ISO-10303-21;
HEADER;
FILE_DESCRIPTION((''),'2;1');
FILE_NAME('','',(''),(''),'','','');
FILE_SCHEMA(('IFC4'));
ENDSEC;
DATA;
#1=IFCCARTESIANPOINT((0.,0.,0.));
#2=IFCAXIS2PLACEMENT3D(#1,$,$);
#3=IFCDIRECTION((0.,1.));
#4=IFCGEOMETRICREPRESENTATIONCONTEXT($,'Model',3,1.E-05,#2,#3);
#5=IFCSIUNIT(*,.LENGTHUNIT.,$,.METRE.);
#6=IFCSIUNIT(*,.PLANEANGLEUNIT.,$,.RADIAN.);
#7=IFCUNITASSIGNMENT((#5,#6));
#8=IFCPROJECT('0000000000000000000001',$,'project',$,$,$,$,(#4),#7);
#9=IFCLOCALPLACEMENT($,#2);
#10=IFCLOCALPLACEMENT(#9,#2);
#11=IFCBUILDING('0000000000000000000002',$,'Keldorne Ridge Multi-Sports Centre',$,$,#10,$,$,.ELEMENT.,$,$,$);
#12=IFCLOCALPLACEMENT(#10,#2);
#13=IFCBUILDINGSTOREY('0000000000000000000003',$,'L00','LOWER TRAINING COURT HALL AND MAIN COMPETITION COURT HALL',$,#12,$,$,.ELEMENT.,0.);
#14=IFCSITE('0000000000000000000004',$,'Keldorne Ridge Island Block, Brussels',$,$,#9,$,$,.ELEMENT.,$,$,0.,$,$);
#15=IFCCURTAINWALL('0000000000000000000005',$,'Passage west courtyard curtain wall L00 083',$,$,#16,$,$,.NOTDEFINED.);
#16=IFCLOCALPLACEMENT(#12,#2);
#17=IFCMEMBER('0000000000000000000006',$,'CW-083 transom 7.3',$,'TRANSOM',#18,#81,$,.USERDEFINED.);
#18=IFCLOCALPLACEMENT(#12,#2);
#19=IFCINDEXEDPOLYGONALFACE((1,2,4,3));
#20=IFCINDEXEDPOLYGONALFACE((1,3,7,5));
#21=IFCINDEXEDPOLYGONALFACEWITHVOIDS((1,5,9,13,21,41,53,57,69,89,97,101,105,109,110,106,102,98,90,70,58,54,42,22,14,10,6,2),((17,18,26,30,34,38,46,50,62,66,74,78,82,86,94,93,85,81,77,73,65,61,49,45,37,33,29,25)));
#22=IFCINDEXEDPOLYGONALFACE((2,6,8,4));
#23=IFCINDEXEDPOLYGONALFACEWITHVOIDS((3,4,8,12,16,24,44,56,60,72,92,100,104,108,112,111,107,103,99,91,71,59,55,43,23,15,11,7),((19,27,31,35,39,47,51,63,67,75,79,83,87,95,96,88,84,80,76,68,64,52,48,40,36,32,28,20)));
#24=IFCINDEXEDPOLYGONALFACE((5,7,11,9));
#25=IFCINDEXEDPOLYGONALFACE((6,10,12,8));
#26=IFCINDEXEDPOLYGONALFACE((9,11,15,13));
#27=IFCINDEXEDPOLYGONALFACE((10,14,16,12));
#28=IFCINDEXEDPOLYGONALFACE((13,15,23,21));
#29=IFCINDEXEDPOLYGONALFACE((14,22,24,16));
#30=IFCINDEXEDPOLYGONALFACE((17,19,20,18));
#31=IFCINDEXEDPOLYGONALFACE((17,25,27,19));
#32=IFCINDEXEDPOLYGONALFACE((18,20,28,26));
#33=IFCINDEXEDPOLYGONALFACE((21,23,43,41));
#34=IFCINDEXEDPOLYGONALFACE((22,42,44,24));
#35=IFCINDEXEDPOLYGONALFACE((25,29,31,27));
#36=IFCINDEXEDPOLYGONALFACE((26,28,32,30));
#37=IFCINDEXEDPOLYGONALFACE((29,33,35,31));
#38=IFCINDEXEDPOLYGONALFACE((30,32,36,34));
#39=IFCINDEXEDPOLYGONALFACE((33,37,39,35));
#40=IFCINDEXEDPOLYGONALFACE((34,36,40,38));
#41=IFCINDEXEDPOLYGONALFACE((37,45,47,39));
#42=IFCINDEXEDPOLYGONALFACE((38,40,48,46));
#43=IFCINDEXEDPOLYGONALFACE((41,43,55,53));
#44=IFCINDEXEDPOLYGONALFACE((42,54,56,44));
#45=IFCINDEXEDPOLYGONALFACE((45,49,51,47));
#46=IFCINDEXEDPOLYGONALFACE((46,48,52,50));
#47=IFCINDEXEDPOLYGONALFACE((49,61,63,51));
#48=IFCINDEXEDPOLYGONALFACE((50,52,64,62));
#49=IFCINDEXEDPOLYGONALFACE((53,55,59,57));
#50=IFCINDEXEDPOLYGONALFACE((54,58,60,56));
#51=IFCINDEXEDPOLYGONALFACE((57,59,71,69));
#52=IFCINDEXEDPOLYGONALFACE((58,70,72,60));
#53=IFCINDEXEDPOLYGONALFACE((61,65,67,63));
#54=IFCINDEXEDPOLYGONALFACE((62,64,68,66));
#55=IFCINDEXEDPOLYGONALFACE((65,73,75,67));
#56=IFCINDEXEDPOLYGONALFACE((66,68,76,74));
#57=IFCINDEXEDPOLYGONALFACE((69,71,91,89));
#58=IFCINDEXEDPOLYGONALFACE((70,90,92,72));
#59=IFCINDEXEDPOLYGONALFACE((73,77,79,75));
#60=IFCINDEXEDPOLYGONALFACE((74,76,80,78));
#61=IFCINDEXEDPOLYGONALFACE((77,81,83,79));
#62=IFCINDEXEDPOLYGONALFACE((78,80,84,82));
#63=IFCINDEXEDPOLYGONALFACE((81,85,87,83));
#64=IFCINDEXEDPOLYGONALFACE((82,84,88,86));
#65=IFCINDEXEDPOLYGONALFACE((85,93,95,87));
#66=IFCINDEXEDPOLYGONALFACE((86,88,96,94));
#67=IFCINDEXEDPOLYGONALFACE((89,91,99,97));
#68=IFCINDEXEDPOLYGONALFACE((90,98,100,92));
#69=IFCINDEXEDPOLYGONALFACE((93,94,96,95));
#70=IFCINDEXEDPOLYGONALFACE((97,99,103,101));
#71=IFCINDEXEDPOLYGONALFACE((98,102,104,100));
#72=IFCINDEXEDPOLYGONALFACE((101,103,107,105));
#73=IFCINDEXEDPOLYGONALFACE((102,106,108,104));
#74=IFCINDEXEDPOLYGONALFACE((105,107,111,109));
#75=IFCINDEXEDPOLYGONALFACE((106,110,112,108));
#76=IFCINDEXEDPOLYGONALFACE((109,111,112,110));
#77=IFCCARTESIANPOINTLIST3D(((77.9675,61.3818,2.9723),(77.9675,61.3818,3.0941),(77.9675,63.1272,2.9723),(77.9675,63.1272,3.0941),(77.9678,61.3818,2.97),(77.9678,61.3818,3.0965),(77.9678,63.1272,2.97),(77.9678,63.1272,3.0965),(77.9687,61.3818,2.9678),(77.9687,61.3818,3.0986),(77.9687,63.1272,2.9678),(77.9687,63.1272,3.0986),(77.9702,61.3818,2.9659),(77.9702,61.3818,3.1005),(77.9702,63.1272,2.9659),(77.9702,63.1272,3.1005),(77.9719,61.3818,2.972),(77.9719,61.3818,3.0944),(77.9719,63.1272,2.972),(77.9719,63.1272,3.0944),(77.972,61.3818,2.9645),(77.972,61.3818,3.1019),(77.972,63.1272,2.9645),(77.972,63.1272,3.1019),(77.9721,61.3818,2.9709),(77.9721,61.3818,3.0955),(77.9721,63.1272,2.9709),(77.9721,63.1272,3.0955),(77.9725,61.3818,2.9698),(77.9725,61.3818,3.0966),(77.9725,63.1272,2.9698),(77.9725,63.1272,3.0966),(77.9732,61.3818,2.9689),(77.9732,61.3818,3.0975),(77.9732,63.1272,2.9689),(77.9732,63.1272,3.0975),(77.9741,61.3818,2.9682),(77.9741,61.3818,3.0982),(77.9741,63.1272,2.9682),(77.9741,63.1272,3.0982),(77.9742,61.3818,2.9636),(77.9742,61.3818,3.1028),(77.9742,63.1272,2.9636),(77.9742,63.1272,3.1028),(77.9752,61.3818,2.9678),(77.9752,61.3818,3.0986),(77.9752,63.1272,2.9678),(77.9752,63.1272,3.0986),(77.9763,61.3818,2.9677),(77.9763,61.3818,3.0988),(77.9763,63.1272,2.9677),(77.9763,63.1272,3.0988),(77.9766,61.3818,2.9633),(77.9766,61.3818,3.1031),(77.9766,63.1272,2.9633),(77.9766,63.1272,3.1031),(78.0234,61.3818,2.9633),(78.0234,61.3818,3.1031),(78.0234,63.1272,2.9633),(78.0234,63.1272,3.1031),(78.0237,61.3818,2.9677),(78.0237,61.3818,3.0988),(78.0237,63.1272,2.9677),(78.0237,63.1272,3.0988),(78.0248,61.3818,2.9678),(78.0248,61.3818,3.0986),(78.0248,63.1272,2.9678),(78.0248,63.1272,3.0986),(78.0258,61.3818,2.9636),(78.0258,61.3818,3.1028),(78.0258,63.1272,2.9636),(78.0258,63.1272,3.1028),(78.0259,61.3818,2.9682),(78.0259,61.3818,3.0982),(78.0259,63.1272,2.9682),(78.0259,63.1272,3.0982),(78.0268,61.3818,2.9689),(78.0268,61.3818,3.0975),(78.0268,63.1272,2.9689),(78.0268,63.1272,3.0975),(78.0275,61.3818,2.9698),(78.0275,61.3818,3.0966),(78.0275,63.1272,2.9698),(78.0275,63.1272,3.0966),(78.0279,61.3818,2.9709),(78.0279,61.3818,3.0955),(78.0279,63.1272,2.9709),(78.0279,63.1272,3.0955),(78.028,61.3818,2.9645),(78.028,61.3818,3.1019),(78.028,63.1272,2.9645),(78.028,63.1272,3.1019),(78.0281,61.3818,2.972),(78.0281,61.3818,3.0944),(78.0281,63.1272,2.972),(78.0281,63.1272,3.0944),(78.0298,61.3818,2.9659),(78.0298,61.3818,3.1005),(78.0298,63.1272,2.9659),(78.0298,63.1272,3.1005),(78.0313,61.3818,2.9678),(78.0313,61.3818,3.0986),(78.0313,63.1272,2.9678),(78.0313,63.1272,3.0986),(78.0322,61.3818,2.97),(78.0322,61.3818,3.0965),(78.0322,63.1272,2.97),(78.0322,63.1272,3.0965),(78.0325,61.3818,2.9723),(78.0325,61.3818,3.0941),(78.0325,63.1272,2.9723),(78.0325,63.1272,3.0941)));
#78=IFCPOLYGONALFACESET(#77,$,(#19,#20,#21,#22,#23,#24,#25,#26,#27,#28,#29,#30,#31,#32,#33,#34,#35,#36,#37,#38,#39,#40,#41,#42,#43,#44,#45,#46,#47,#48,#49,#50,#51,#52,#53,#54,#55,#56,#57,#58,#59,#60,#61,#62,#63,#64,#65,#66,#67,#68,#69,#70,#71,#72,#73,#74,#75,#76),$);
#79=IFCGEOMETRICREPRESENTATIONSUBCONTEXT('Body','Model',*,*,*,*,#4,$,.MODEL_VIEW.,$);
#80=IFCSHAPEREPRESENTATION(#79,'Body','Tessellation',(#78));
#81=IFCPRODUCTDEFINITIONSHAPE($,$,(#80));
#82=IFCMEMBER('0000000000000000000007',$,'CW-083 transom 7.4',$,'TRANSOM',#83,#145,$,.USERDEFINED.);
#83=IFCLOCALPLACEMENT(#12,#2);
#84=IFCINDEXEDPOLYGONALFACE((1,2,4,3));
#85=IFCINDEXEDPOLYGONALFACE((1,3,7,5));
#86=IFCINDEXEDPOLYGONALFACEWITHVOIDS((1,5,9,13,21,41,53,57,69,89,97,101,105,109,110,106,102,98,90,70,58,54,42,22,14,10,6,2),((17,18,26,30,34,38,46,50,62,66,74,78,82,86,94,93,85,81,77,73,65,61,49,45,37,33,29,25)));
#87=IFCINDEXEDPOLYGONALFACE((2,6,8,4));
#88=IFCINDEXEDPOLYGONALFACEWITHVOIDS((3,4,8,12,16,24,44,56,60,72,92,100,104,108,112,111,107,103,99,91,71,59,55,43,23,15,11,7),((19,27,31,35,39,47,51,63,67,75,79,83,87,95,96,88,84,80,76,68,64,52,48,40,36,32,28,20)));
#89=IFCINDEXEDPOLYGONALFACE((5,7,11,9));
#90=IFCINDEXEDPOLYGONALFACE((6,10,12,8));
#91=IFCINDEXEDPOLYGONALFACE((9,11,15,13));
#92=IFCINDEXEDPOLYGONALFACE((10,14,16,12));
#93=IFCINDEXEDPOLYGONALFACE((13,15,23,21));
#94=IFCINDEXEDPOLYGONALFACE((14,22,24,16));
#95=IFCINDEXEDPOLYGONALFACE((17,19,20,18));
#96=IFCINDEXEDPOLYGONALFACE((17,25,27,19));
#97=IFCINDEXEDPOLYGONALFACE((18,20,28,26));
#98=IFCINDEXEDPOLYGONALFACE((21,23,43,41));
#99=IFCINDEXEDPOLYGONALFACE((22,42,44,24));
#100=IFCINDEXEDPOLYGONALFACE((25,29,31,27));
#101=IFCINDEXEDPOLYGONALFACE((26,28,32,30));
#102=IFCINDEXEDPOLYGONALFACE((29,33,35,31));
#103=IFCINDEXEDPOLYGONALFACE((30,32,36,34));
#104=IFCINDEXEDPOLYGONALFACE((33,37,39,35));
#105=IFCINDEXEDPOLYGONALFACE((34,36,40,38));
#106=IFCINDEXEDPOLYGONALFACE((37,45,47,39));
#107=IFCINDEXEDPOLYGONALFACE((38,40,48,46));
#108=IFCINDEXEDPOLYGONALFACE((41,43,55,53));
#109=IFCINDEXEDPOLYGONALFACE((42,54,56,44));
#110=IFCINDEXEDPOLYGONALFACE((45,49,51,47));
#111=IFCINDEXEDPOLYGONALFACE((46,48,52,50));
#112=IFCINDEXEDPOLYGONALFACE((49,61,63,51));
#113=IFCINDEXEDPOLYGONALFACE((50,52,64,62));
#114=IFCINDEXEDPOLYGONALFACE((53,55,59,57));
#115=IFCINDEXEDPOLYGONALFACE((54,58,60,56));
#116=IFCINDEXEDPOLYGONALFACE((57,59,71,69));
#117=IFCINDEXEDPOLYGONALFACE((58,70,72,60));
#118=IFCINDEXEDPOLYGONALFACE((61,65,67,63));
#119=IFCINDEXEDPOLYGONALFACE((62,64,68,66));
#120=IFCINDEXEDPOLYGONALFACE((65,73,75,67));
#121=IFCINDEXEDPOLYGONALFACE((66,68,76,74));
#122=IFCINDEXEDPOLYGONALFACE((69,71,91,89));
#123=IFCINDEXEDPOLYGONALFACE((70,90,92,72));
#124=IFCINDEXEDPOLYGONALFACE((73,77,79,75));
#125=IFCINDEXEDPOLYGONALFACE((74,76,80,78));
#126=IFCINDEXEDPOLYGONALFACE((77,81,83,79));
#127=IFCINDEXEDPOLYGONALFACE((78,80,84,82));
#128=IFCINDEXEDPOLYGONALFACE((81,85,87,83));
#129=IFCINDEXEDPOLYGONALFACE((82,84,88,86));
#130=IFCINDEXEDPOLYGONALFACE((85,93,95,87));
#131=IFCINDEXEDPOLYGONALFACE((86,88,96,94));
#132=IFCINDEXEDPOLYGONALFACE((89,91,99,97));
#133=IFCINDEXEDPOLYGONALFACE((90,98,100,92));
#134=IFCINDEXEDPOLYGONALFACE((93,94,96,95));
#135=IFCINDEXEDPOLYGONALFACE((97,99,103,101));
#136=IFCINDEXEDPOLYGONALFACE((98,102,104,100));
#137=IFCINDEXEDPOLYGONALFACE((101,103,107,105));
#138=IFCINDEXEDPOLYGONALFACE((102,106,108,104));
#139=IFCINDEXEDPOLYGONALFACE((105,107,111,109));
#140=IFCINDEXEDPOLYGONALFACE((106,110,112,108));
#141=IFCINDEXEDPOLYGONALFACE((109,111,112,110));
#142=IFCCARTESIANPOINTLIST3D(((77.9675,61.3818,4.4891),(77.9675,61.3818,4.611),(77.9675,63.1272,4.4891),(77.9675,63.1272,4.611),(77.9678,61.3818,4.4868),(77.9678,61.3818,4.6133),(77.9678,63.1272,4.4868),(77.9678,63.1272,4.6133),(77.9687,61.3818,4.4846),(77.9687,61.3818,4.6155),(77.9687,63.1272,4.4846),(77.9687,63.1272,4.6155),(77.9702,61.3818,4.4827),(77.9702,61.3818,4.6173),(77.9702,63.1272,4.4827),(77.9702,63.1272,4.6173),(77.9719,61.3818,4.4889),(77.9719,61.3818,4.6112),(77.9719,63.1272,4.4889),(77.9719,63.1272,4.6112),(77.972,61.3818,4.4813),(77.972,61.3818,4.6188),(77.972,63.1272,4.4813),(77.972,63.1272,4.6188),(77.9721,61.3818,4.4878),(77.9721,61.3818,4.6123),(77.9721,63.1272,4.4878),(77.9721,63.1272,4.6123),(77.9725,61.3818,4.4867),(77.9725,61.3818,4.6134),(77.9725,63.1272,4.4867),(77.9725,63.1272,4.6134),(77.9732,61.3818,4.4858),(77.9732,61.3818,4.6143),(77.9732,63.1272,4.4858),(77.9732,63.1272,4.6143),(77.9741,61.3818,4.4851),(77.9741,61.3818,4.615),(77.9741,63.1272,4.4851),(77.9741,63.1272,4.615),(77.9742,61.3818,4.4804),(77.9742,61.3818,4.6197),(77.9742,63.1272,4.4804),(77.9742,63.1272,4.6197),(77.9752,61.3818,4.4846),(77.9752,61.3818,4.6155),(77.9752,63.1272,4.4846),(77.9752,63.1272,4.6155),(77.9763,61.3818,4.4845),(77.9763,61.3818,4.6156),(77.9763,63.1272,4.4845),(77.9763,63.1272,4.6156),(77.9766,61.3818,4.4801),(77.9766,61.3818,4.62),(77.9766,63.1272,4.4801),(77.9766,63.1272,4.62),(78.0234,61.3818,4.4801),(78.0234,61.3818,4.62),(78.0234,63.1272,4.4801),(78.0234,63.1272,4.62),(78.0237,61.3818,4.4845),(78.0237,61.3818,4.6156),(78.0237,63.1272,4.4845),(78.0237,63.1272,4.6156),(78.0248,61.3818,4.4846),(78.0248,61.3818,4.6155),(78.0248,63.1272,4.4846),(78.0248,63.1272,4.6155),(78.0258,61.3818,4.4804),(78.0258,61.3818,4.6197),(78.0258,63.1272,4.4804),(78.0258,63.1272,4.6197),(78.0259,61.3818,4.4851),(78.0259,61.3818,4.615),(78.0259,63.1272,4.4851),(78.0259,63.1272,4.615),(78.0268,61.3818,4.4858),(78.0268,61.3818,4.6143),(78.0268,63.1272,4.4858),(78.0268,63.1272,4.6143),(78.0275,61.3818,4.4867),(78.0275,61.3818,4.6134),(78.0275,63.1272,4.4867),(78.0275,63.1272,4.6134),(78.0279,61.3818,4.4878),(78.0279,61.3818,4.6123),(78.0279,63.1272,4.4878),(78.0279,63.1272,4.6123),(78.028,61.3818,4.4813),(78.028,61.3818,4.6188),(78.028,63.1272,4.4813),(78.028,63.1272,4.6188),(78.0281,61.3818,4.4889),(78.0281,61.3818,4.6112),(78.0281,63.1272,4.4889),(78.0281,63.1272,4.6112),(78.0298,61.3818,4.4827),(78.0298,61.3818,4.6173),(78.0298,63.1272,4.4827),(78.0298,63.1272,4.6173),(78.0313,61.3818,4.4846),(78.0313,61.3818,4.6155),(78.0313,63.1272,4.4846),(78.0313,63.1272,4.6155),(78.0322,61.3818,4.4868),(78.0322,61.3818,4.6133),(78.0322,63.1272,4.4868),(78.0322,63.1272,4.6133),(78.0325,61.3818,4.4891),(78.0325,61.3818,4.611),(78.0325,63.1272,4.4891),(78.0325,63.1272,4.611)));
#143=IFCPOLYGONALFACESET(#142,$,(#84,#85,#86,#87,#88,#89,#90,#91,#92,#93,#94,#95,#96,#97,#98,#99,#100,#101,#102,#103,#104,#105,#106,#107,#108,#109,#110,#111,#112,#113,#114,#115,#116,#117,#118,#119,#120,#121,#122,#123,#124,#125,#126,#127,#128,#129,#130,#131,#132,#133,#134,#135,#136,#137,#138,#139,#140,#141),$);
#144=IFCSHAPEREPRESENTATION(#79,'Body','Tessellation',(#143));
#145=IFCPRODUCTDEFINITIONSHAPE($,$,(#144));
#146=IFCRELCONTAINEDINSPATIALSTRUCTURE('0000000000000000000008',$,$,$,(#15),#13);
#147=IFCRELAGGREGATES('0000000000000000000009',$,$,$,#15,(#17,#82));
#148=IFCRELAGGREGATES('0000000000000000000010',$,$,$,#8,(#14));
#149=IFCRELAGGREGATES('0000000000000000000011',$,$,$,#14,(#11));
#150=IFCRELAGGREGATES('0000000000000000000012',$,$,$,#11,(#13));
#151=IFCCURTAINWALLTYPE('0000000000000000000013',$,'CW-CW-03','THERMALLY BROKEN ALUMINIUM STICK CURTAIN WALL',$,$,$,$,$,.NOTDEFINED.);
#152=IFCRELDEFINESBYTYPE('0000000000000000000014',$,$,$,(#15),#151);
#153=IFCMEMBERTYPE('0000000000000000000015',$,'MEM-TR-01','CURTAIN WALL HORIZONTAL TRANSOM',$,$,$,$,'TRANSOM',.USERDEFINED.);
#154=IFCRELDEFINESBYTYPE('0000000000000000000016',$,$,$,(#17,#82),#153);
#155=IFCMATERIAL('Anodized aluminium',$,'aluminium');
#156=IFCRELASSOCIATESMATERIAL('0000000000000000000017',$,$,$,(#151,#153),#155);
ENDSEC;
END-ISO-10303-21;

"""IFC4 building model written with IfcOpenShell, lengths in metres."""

from ifc_helpers import new_model, si_unit, direction, frame, origin, origin_2d, place, context, subcontext, project, spatial, hollow_rectangle, extrude, material, material_profile, profile_set, type_object, element, aggregate, save


model = new_model("IFC4")

# Units and contexts
model_context = context("Model", 3, precision=1e-05, world=origin(), true_north=direction((0.0, 1.0)))
body_context = subcontext(model_context, "Body", "Model", "MODEL_VIEW")
ifc_project = project(units=[si_unit("LENGTHUNIT", "METRE"), si_unit("PLANEANGLEUNIT", "RADIAN")], contexts=[model_context])

# Site, building, storey
site_placement = place(None, origin())
site = spatial("IfcSite", under=ifc_project, at=site_placement, Name="Keldorne Ridge Island Block, Brussels", CompositionType="ELEMENT", RefElevation=0.0)
building_placement = place(site_placement, origin())
building = spatial("IfcBuilding", under=site, at=building_placement, Name="Keldorne Ridge Multi-Sports Centre", CompositionType="ELEMENT")
storey_placement = place(building_placement, origin())
storey = spatial("IfcBuildingStorey", under=building, at=storey_placement, Name="L00", Description="LOWER TRAINING COURT HALL AND MAIN COMPETITION COURT HALL", CompositionType="ELEMENT", Elevation=0.0)

# Curtain wall, members
ifc_material_1 = material(Name="Anodized aluminium", Category="aluminium")
curtain_wall_type = type_object("IfcCurtainWallType", Name="CW-CW-03", Description="THERMALLY BROKEN ALUMINIUM STICK CURTAIN WALL", PredefinedType="NOTDEFINED", material=ifc_material_1)
curtain_wall_placement = place(storey_placement, origin())
curtain_wall = element("IfcCurtainWall", 1, at=curtain_wall_placement, inside=storey, type_object=curtain_wall_type, Name="Passage west courtyard curtain wall L00 083", PredefinedType="NOTDEFINED")
ifc_material_profile_1 = material_profile(ifc_material_1, hollow_rectangle(XDim=0.0649, YDim=0.1399, WallThickness=0.0044, InnerFilletRadius=0.0044, OuterFilletRadius=0.009, at=origin_2d()), Name="ALU TRANSOM 140x65x4.5")
ifc_profile_set_1 = profile_set([ifc_material_profile_1], Name="Anodized aluminium")
member_type_1 = type_object("IfcMemberType", Name="MEM-TR-01", Description="CURTAIN WALL HORIZONTAL TRANSOM", ElementType="TRANSOM", PredefinedType="USERDEFINED", material=ifc_profile_set_1)
member_1_placement = place(storey_placement, frame((78.0, 63.1272, 3.0332), z_axis=(0.0, -1.0, 0.0), x_axis=(1.0, 0.0, 0.0)))
member_1 = element("IfcMember", 2, at=member_1_placement, type_object=member_type_1, Name="CW-083 transom 7.3", ObjectType="TRANSOM", PredefinedType="USERDEFINED", context=body_context, shape_type="SweptSolid", body=[
    extrude(hollow_rectangle(XDim=0.0649, YDim=0.1399, WallThickness=0.0044, InnerFilletRadius=0.0044, OuterFilletRadius=0.009, at=origin_2d()), origin(), (0.0, 0.0, 1.0), 1.7454),
])
member_2_placement = place(storey_placement, frame((78.0, 63.1272, 4.55), z_axis=(0.0, -1.0, 0.0), x_axis=(1.0, 0.0, 0.0)))
member_2 = element("IfcMember", 3, at=member_2_placement, type_object=member_type_1, Name="CW-083 transom 7.4", ObjectType="TRANSOM", PredefinedType="USERDEFINED", context=body_context, shape_type="SweptSolid", body=[
    extrude(hollow_rectangle(XDim=0.0649, YDim=0.1399, WallThickness=0.0044, InnerFilletRadius=0.0044, OuterFilletRadius=0.009, at=origin_2d()), origin(), (0.0, 0.0, 1.0), 1.7454),
])
aggregate(curtain_wall, [member_1, member_2])

save(model, "model.ifc")
